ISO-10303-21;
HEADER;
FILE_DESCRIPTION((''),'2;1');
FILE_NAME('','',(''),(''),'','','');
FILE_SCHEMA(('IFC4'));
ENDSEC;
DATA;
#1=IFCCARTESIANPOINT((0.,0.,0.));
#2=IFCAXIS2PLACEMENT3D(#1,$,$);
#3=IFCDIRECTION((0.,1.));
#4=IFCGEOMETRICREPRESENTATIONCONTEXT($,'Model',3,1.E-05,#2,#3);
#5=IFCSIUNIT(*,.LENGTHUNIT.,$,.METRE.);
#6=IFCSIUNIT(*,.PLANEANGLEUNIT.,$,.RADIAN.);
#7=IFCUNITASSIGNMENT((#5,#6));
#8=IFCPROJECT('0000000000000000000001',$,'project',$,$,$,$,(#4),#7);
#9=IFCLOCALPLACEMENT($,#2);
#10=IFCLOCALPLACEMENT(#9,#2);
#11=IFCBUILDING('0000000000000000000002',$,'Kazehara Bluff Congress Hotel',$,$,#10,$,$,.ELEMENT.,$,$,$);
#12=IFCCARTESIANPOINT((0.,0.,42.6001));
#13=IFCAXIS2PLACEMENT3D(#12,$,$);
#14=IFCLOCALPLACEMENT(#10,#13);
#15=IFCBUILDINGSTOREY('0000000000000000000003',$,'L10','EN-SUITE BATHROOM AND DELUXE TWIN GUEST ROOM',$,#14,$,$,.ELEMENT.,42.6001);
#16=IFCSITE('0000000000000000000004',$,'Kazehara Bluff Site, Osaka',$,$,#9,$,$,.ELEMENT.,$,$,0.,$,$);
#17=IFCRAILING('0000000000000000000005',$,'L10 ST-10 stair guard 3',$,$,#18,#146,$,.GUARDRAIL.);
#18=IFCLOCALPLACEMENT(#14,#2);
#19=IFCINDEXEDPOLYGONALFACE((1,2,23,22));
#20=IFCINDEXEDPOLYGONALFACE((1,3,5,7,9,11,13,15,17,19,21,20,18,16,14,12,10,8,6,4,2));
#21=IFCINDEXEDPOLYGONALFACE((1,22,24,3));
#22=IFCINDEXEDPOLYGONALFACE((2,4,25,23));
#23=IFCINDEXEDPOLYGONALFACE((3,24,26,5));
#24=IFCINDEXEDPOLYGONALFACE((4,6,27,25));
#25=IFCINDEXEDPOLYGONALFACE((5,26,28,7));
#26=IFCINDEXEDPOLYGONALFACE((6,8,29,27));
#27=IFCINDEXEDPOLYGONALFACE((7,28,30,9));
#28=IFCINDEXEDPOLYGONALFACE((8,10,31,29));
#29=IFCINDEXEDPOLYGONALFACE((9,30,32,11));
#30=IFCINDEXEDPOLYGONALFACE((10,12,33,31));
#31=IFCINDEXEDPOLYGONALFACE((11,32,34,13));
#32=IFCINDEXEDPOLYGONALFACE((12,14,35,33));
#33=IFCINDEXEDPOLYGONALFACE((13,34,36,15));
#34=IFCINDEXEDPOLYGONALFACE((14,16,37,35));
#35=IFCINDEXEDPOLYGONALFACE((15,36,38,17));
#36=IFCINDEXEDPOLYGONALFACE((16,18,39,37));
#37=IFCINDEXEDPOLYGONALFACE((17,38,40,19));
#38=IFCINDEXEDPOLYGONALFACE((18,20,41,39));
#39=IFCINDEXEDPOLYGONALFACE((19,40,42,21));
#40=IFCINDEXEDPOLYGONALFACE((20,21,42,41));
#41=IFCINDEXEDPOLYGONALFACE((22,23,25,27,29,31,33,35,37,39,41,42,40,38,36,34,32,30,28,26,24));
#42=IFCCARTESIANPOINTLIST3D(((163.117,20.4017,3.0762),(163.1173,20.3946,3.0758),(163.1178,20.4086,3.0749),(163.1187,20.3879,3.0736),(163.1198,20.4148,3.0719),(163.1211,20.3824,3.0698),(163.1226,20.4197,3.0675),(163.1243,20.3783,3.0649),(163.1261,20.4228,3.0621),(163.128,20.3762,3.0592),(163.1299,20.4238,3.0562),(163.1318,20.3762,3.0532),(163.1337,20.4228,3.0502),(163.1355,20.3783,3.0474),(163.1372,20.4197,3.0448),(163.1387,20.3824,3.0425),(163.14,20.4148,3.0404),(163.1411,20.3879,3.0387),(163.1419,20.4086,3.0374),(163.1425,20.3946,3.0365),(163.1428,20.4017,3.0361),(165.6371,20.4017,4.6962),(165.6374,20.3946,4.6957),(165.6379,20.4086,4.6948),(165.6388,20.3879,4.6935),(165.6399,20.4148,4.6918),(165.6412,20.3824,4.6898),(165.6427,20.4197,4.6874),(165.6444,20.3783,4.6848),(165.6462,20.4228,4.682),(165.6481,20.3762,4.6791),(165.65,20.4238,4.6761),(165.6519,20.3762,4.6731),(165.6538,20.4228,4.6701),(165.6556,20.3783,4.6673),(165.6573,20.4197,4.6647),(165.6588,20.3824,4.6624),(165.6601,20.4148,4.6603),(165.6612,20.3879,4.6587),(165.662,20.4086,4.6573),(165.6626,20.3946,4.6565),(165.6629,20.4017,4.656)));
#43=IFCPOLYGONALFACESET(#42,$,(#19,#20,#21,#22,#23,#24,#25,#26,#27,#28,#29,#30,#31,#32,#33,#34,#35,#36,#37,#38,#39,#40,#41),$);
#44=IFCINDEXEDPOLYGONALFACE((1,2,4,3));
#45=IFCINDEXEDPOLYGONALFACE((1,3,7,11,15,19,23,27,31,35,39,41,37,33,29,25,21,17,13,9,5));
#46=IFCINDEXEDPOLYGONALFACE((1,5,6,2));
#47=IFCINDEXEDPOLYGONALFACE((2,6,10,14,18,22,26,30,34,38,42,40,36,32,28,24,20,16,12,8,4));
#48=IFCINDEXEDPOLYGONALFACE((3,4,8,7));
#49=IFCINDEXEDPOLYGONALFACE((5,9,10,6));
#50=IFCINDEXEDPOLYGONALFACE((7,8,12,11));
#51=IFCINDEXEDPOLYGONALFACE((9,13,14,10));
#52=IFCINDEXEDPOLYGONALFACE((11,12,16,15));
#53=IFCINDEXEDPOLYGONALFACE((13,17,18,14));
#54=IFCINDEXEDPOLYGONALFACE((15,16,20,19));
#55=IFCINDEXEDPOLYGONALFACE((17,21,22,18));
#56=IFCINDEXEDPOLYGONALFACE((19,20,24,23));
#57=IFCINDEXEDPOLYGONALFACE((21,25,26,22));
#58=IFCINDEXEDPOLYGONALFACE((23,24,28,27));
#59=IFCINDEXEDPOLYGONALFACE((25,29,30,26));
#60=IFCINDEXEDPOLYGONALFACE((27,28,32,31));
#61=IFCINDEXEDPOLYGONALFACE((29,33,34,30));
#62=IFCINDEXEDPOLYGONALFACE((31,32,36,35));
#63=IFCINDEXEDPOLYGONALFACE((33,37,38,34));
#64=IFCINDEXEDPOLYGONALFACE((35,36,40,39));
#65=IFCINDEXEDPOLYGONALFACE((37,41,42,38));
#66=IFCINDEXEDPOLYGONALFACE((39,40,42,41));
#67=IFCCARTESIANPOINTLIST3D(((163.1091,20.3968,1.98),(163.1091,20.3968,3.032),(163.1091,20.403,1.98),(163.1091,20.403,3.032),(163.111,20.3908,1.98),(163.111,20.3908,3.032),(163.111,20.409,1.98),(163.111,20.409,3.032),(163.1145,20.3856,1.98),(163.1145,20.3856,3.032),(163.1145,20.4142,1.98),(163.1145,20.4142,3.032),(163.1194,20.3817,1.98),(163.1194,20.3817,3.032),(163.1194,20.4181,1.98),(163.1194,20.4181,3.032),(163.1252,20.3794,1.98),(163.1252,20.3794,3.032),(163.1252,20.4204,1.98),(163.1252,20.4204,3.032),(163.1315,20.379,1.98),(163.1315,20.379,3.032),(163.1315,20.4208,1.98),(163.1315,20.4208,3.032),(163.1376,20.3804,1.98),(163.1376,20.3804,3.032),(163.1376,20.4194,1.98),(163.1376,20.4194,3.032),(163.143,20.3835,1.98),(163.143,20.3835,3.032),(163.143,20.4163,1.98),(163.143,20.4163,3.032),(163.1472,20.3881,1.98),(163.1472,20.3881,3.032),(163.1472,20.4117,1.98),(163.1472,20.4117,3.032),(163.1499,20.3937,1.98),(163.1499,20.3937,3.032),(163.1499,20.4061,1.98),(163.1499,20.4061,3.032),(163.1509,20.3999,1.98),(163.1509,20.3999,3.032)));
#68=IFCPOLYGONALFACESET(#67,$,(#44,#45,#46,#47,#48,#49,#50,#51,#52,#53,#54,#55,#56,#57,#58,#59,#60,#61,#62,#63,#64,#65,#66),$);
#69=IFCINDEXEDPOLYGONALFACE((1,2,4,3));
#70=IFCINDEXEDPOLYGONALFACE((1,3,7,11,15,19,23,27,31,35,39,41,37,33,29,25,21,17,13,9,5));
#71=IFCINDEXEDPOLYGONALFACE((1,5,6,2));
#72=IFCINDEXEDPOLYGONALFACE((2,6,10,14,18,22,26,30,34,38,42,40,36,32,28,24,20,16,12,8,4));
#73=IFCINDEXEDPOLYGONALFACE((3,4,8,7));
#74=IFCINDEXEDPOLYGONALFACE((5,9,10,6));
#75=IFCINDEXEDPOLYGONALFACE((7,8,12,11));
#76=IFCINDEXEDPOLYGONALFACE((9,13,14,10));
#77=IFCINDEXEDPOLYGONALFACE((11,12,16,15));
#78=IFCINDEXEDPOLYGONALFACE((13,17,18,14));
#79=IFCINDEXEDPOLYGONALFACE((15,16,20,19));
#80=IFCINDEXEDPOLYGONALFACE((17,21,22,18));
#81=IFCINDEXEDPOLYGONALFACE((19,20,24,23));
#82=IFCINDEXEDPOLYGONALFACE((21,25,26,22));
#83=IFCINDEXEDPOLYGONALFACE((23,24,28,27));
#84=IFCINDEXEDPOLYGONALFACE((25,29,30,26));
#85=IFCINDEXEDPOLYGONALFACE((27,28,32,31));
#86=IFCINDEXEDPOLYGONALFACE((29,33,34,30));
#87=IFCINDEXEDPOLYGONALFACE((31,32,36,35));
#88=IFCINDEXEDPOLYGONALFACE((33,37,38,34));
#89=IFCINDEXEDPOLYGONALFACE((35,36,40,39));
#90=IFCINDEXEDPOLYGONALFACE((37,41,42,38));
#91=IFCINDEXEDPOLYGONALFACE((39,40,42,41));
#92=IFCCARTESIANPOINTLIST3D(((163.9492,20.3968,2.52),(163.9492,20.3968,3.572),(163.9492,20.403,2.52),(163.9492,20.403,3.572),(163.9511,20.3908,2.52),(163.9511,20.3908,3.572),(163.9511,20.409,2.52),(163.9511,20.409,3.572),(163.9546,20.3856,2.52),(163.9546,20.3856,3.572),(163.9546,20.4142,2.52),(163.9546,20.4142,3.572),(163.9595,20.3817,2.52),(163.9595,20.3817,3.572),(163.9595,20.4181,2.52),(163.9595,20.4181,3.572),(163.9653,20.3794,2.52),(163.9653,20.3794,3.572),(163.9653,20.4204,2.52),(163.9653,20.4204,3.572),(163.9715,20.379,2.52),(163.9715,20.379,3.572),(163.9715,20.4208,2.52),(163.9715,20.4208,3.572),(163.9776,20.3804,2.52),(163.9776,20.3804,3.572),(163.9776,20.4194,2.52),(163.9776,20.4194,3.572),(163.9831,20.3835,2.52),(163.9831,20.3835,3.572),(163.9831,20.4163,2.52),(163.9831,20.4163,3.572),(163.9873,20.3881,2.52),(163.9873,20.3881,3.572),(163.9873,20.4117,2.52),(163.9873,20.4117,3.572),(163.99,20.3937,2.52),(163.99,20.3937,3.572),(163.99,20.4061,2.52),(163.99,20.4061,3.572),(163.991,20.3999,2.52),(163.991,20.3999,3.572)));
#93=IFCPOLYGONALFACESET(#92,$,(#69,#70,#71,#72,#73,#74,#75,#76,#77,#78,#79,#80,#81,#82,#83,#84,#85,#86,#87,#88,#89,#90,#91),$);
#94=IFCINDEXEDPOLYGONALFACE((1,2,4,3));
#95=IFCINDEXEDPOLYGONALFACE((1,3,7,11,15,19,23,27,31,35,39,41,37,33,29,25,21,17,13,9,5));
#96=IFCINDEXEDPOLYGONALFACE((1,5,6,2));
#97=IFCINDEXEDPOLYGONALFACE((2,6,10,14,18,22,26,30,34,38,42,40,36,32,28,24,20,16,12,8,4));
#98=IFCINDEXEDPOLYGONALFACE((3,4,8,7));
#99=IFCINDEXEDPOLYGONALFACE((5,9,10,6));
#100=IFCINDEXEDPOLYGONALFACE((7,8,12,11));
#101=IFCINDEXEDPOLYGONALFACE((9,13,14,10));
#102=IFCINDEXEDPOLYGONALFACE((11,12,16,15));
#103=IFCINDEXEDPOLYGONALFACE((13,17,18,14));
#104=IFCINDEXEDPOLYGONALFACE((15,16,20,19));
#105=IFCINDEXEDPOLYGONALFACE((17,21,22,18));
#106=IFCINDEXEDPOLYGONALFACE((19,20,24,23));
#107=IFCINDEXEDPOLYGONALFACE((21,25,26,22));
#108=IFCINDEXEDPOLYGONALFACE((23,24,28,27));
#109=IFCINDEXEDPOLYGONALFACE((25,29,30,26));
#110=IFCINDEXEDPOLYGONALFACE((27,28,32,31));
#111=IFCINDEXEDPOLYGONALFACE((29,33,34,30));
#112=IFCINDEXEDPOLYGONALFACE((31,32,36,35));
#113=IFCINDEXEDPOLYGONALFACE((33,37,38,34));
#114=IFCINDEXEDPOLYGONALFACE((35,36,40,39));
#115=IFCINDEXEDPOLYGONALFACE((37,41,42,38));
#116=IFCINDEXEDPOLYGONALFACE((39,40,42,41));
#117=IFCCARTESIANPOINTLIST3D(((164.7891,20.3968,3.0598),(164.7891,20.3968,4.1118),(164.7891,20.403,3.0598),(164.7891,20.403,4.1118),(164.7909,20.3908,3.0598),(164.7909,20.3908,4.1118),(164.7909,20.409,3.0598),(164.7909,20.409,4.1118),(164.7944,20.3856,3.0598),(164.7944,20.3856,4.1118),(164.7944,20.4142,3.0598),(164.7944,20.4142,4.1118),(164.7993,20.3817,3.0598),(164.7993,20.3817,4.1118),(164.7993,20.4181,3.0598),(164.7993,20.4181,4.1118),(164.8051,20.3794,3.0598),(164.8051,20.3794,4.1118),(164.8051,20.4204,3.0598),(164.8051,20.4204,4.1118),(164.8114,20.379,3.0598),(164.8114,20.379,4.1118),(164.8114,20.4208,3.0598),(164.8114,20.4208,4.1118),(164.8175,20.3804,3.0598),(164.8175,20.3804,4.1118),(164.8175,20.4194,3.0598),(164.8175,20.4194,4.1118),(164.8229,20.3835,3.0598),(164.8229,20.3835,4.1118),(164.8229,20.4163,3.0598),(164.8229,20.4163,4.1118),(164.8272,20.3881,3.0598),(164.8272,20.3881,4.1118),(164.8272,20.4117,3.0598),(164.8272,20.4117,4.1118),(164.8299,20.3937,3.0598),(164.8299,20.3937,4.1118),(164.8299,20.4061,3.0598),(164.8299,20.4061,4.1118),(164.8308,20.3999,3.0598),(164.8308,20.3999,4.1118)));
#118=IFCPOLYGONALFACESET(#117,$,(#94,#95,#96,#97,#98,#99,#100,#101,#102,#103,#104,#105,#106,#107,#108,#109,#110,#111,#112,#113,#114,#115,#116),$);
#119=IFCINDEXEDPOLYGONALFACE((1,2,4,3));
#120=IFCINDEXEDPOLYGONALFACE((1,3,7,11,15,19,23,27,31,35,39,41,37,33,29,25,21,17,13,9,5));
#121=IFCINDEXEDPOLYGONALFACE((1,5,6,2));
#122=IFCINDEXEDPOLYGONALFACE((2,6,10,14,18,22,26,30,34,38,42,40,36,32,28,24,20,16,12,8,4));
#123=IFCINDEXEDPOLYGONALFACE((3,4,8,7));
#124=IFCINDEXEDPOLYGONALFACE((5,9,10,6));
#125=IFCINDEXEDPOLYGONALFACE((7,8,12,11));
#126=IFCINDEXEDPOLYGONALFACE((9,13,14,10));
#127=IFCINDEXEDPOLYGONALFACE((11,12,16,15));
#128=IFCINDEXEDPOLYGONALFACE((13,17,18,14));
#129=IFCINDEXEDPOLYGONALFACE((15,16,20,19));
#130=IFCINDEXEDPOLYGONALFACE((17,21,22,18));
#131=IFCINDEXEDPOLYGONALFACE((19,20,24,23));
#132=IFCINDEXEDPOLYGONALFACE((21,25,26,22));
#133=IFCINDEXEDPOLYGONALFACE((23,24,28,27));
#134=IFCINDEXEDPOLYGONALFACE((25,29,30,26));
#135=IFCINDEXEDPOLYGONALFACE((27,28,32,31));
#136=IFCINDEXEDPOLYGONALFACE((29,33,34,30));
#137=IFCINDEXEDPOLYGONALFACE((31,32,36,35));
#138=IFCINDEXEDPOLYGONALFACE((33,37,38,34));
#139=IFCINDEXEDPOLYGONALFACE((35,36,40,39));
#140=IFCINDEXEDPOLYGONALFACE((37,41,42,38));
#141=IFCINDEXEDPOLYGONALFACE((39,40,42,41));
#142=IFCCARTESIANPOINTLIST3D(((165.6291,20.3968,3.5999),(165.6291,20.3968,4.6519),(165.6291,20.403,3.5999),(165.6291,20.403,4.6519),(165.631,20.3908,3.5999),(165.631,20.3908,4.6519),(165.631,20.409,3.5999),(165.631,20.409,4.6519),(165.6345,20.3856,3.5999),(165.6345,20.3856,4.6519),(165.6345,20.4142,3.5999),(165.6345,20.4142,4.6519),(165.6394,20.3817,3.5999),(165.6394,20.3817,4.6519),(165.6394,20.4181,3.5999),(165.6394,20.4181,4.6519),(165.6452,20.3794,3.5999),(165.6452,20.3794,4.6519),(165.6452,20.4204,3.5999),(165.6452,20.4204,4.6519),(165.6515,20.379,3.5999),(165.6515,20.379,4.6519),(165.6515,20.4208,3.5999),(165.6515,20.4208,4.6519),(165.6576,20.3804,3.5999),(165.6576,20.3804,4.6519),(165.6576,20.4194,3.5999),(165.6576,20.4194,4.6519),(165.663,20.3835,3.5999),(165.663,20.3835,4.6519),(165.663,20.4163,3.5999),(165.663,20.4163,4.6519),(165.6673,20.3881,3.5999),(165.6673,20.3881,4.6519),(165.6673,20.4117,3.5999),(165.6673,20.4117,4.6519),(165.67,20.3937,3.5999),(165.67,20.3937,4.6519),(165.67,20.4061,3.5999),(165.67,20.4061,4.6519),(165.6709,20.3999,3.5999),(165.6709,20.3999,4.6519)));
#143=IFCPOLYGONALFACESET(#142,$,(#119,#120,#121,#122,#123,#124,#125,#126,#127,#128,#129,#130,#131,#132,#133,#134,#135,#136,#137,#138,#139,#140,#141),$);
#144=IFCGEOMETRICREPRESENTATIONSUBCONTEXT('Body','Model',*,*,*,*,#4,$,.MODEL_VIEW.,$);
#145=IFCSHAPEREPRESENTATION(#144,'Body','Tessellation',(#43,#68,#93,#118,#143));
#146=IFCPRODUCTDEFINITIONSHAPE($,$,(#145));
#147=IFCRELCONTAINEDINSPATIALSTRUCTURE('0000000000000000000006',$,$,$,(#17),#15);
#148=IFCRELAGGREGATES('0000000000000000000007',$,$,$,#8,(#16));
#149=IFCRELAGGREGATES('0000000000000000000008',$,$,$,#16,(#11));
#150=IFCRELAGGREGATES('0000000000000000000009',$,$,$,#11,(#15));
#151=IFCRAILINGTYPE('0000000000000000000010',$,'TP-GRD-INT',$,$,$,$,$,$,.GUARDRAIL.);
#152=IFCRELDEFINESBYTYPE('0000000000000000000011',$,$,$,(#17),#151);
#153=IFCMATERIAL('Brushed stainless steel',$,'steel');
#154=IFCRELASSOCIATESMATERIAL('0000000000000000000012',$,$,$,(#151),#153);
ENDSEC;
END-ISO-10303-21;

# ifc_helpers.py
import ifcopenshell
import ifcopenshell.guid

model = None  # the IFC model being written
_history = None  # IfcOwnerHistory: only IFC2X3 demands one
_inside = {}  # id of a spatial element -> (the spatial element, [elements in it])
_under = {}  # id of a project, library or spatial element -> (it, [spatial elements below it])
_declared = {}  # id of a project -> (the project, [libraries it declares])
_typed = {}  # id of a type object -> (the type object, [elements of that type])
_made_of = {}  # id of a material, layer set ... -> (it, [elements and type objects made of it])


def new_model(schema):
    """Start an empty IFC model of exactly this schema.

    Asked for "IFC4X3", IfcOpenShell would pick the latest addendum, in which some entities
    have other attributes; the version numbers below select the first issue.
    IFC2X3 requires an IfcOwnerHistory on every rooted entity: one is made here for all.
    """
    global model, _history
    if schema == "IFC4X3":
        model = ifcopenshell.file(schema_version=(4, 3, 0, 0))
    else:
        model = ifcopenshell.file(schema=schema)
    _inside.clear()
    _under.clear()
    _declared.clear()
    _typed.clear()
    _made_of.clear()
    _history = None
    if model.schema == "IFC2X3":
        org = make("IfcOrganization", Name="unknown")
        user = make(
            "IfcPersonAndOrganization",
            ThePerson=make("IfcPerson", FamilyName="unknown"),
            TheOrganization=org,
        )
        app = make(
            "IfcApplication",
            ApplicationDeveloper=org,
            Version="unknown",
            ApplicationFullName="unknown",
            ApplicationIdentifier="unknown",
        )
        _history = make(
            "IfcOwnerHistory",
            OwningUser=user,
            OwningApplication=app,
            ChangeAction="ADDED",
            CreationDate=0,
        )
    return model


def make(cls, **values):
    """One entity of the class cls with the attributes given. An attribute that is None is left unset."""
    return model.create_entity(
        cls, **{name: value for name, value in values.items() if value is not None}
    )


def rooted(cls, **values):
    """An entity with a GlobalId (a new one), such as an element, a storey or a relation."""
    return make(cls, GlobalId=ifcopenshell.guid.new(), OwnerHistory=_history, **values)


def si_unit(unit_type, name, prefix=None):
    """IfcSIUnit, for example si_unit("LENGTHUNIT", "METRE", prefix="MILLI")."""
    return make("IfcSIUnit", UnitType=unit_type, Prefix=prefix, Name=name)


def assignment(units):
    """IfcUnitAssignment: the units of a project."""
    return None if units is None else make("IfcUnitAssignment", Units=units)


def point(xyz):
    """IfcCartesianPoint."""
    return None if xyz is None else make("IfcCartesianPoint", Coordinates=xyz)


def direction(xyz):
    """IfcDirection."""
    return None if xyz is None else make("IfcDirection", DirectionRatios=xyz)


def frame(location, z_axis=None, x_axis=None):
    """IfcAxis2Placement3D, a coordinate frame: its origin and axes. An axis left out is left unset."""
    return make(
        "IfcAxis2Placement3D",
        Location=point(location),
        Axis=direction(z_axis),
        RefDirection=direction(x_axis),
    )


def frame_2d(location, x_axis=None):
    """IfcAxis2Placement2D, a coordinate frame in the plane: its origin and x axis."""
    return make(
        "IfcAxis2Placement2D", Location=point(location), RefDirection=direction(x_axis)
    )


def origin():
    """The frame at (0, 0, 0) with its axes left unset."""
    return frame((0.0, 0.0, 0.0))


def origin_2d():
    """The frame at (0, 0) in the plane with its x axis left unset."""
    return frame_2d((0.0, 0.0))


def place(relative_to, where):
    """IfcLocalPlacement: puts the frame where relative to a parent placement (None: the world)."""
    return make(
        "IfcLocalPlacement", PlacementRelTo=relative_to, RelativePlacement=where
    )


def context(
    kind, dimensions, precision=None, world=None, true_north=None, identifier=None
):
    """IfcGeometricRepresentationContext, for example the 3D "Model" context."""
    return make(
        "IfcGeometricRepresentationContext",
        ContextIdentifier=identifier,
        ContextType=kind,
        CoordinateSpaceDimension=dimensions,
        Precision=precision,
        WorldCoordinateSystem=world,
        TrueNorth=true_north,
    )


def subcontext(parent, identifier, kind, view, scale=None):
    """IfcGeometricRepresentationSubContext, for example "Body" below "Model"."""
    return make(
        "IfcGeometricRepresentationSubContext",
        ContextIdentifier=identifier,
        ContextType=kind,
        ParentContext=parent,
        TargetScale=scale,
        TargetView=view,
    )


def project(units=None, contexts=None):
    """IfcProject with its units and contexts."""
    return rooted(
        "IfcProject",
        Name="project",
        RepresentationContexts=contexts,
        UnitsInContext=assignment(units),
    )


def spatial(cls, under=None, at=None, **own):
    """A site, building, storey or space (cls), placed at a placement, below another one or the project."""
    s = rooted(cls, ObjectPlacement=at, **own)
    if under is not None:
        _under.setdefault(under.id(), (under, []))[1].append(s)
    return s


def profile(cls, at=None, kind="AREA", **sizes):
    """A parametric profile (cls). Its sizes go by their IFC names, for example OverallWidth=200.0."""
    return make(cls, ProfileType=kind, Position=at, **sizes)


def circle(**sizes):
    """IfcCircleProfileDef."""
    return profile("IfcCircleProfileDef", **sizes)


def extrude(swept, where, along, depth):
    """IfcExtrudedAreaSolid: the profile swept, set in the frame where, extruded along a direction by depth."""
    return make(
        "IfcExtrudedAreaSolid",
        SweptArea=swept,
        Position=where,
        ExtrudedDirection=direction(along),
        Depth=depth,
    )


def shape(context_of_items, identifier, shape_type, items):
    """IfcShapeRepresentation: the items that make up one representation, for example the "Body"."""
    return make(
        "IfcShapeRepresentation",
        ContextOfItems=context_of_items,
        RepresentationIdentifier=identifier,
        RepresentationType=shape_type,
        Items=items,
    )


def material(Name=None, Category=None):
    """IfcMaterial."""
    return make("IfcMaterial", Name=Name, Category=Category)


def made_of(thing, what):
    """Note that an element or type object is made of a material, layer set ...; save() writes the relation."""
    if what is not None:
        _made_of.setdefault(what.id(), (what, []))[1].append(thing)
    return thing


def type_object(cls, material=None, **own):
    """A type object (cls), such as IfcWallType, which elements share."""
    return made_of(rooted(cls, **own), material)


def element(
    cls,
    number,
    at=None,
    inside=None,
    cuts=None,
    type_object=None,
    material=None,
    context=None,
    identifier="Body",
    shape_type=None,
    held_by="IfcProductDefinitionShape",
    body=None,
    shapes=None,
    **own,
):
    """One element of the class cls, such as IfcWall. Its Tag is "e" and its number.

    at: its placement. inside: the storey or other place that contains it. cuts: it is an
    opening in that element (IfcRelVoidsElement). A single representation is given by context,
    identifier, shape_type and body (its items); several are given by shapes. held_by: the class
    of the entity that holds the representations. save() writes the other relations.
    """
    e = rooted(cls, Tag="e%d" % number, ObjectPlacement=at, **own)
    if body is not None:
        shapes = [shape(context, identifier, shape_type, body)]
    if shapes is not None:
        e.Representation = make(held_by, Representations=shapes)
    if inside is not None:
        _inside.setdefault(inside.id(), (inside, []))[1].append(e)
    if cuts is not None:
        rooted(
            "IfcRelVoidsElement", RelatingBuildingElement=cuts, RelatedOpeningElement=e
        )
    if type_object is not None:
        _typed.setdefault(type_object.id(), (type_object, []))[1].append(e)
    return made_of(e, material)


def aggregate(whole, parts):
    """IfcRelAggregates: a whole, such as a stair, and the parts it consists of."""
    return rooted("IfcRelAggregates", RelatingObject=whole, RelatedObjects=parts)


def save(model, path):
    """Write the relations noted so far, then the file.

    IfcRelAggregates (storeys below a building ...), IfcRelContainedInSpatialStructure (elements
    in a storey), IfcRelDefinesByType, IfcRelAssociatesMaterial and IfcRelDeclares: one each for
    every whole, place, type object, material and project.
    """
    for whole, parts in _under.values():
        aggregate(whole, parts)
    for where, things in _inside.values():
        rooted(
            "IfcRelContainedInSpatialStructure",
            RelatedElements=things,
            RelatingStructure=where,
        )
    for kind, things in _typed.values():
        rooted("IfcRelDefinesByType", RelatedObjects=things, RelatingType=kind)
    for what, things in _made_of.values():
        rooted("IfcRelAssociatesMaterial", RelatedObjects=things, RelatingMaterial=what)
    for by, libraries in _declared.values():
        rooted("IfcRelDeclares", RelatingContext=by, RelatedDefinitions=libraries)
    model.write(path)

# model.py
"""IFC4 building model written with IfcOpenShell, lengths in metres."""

from ifc_helpers import new_model, si_unit, direction, frame, origin, origin_2d, place, context, subcontext, project, spatial, circle, extrude, material, type_object, element, save


model = new_model("IFC4")

# Units and contexts
model_context = context("Model", 3, precision=1e-05, world=origin(), true_north=direction((0.0, 1.0)))
body_context = subcontext(model_context, "Body", "Model", "MODEL_VIEW")
ifc_project = project(units=[si_unit("LENGTHUNIT", "METRE"), si_unit("PLANEANGLEUNIT", "RADIAN")], contexts=[model_context])

# Site, building, storey
site_placement = place(None, origin())
site = spatial("IfcSite", under=ifc_project, at=site_placement, Name="Kazehara Bluff Site, Osaka", CompositionType="ELEMENT", RefElevation=0.0)
building_placement = place(site_placement, origin())
building = spatial("IfcBuilding", under=site, at=building_placement, Name="Kazehara Bluff Congress Hotel", CompositionType="ELEMENT")
storey_placement = place(building_placement, frame((0.0, 0.0, 42.6001)))
storey = spatial("IfcBuildingStorey", under=building, at=storey_placement, Name="L10", Description="EN-SUITE BATHROOM AND DELUXE TWIN GUEST ROOM", CompositionType="ELEMENT", Elevation=42.6001)

# Railing
ifc_material_1 = material(Name="Brushed stainless steel", Category="steel")
railing_type_1 = type_object("IfcRailingType", Name="TP-GRD-INT", PredefinedType="GUARDRAIL", material=ifc_material_1)
railing_1_placement = place(storey_placement, frame((163.1299, 20.3999, 1.98)))
element("IfcRailing", 1, at=railing_1_placement, inside=storey, type_object=railing_type_1, Name="L10 ST-10 stair guard 3", PredefinedType="GUARDRAIL", context=body_context, shape_type="SweptSolid", body=[
    extrude(circle(Radius=0.0239, at=origin_2d()), frame((0.0, 0.0, 1.0762), z_axis=(0.8412, 0.0, 0.540725), x_axis=(0.0, 1.0, 0.0)), (0.0, 0.0, 1.0), 2.9958),
    extrude(circle(Radius=0.021, at=origin_2d()), origin(), (0.0, 0.0, 1.0), 1.052),
    extrude(circle(Radius=0.021, at=origin_2d()), frame((0.8401, 0.0, 0.54)), (0.0, 0.0, 1.0), 1.052),
    extrude(circle(Radius=0.021, at=origin_2d()), frame((1.6799, 0.0, 1.0798)), (0.0, 0.0, 1.0), 1.052),
    extrude(circle(Radius=0.021, at=origin_2d()), frame((2.52, 0.0, 1.6199)), (0.0, 0.0, 1.0), 1.052),
])

save(model, "model.ifc")
